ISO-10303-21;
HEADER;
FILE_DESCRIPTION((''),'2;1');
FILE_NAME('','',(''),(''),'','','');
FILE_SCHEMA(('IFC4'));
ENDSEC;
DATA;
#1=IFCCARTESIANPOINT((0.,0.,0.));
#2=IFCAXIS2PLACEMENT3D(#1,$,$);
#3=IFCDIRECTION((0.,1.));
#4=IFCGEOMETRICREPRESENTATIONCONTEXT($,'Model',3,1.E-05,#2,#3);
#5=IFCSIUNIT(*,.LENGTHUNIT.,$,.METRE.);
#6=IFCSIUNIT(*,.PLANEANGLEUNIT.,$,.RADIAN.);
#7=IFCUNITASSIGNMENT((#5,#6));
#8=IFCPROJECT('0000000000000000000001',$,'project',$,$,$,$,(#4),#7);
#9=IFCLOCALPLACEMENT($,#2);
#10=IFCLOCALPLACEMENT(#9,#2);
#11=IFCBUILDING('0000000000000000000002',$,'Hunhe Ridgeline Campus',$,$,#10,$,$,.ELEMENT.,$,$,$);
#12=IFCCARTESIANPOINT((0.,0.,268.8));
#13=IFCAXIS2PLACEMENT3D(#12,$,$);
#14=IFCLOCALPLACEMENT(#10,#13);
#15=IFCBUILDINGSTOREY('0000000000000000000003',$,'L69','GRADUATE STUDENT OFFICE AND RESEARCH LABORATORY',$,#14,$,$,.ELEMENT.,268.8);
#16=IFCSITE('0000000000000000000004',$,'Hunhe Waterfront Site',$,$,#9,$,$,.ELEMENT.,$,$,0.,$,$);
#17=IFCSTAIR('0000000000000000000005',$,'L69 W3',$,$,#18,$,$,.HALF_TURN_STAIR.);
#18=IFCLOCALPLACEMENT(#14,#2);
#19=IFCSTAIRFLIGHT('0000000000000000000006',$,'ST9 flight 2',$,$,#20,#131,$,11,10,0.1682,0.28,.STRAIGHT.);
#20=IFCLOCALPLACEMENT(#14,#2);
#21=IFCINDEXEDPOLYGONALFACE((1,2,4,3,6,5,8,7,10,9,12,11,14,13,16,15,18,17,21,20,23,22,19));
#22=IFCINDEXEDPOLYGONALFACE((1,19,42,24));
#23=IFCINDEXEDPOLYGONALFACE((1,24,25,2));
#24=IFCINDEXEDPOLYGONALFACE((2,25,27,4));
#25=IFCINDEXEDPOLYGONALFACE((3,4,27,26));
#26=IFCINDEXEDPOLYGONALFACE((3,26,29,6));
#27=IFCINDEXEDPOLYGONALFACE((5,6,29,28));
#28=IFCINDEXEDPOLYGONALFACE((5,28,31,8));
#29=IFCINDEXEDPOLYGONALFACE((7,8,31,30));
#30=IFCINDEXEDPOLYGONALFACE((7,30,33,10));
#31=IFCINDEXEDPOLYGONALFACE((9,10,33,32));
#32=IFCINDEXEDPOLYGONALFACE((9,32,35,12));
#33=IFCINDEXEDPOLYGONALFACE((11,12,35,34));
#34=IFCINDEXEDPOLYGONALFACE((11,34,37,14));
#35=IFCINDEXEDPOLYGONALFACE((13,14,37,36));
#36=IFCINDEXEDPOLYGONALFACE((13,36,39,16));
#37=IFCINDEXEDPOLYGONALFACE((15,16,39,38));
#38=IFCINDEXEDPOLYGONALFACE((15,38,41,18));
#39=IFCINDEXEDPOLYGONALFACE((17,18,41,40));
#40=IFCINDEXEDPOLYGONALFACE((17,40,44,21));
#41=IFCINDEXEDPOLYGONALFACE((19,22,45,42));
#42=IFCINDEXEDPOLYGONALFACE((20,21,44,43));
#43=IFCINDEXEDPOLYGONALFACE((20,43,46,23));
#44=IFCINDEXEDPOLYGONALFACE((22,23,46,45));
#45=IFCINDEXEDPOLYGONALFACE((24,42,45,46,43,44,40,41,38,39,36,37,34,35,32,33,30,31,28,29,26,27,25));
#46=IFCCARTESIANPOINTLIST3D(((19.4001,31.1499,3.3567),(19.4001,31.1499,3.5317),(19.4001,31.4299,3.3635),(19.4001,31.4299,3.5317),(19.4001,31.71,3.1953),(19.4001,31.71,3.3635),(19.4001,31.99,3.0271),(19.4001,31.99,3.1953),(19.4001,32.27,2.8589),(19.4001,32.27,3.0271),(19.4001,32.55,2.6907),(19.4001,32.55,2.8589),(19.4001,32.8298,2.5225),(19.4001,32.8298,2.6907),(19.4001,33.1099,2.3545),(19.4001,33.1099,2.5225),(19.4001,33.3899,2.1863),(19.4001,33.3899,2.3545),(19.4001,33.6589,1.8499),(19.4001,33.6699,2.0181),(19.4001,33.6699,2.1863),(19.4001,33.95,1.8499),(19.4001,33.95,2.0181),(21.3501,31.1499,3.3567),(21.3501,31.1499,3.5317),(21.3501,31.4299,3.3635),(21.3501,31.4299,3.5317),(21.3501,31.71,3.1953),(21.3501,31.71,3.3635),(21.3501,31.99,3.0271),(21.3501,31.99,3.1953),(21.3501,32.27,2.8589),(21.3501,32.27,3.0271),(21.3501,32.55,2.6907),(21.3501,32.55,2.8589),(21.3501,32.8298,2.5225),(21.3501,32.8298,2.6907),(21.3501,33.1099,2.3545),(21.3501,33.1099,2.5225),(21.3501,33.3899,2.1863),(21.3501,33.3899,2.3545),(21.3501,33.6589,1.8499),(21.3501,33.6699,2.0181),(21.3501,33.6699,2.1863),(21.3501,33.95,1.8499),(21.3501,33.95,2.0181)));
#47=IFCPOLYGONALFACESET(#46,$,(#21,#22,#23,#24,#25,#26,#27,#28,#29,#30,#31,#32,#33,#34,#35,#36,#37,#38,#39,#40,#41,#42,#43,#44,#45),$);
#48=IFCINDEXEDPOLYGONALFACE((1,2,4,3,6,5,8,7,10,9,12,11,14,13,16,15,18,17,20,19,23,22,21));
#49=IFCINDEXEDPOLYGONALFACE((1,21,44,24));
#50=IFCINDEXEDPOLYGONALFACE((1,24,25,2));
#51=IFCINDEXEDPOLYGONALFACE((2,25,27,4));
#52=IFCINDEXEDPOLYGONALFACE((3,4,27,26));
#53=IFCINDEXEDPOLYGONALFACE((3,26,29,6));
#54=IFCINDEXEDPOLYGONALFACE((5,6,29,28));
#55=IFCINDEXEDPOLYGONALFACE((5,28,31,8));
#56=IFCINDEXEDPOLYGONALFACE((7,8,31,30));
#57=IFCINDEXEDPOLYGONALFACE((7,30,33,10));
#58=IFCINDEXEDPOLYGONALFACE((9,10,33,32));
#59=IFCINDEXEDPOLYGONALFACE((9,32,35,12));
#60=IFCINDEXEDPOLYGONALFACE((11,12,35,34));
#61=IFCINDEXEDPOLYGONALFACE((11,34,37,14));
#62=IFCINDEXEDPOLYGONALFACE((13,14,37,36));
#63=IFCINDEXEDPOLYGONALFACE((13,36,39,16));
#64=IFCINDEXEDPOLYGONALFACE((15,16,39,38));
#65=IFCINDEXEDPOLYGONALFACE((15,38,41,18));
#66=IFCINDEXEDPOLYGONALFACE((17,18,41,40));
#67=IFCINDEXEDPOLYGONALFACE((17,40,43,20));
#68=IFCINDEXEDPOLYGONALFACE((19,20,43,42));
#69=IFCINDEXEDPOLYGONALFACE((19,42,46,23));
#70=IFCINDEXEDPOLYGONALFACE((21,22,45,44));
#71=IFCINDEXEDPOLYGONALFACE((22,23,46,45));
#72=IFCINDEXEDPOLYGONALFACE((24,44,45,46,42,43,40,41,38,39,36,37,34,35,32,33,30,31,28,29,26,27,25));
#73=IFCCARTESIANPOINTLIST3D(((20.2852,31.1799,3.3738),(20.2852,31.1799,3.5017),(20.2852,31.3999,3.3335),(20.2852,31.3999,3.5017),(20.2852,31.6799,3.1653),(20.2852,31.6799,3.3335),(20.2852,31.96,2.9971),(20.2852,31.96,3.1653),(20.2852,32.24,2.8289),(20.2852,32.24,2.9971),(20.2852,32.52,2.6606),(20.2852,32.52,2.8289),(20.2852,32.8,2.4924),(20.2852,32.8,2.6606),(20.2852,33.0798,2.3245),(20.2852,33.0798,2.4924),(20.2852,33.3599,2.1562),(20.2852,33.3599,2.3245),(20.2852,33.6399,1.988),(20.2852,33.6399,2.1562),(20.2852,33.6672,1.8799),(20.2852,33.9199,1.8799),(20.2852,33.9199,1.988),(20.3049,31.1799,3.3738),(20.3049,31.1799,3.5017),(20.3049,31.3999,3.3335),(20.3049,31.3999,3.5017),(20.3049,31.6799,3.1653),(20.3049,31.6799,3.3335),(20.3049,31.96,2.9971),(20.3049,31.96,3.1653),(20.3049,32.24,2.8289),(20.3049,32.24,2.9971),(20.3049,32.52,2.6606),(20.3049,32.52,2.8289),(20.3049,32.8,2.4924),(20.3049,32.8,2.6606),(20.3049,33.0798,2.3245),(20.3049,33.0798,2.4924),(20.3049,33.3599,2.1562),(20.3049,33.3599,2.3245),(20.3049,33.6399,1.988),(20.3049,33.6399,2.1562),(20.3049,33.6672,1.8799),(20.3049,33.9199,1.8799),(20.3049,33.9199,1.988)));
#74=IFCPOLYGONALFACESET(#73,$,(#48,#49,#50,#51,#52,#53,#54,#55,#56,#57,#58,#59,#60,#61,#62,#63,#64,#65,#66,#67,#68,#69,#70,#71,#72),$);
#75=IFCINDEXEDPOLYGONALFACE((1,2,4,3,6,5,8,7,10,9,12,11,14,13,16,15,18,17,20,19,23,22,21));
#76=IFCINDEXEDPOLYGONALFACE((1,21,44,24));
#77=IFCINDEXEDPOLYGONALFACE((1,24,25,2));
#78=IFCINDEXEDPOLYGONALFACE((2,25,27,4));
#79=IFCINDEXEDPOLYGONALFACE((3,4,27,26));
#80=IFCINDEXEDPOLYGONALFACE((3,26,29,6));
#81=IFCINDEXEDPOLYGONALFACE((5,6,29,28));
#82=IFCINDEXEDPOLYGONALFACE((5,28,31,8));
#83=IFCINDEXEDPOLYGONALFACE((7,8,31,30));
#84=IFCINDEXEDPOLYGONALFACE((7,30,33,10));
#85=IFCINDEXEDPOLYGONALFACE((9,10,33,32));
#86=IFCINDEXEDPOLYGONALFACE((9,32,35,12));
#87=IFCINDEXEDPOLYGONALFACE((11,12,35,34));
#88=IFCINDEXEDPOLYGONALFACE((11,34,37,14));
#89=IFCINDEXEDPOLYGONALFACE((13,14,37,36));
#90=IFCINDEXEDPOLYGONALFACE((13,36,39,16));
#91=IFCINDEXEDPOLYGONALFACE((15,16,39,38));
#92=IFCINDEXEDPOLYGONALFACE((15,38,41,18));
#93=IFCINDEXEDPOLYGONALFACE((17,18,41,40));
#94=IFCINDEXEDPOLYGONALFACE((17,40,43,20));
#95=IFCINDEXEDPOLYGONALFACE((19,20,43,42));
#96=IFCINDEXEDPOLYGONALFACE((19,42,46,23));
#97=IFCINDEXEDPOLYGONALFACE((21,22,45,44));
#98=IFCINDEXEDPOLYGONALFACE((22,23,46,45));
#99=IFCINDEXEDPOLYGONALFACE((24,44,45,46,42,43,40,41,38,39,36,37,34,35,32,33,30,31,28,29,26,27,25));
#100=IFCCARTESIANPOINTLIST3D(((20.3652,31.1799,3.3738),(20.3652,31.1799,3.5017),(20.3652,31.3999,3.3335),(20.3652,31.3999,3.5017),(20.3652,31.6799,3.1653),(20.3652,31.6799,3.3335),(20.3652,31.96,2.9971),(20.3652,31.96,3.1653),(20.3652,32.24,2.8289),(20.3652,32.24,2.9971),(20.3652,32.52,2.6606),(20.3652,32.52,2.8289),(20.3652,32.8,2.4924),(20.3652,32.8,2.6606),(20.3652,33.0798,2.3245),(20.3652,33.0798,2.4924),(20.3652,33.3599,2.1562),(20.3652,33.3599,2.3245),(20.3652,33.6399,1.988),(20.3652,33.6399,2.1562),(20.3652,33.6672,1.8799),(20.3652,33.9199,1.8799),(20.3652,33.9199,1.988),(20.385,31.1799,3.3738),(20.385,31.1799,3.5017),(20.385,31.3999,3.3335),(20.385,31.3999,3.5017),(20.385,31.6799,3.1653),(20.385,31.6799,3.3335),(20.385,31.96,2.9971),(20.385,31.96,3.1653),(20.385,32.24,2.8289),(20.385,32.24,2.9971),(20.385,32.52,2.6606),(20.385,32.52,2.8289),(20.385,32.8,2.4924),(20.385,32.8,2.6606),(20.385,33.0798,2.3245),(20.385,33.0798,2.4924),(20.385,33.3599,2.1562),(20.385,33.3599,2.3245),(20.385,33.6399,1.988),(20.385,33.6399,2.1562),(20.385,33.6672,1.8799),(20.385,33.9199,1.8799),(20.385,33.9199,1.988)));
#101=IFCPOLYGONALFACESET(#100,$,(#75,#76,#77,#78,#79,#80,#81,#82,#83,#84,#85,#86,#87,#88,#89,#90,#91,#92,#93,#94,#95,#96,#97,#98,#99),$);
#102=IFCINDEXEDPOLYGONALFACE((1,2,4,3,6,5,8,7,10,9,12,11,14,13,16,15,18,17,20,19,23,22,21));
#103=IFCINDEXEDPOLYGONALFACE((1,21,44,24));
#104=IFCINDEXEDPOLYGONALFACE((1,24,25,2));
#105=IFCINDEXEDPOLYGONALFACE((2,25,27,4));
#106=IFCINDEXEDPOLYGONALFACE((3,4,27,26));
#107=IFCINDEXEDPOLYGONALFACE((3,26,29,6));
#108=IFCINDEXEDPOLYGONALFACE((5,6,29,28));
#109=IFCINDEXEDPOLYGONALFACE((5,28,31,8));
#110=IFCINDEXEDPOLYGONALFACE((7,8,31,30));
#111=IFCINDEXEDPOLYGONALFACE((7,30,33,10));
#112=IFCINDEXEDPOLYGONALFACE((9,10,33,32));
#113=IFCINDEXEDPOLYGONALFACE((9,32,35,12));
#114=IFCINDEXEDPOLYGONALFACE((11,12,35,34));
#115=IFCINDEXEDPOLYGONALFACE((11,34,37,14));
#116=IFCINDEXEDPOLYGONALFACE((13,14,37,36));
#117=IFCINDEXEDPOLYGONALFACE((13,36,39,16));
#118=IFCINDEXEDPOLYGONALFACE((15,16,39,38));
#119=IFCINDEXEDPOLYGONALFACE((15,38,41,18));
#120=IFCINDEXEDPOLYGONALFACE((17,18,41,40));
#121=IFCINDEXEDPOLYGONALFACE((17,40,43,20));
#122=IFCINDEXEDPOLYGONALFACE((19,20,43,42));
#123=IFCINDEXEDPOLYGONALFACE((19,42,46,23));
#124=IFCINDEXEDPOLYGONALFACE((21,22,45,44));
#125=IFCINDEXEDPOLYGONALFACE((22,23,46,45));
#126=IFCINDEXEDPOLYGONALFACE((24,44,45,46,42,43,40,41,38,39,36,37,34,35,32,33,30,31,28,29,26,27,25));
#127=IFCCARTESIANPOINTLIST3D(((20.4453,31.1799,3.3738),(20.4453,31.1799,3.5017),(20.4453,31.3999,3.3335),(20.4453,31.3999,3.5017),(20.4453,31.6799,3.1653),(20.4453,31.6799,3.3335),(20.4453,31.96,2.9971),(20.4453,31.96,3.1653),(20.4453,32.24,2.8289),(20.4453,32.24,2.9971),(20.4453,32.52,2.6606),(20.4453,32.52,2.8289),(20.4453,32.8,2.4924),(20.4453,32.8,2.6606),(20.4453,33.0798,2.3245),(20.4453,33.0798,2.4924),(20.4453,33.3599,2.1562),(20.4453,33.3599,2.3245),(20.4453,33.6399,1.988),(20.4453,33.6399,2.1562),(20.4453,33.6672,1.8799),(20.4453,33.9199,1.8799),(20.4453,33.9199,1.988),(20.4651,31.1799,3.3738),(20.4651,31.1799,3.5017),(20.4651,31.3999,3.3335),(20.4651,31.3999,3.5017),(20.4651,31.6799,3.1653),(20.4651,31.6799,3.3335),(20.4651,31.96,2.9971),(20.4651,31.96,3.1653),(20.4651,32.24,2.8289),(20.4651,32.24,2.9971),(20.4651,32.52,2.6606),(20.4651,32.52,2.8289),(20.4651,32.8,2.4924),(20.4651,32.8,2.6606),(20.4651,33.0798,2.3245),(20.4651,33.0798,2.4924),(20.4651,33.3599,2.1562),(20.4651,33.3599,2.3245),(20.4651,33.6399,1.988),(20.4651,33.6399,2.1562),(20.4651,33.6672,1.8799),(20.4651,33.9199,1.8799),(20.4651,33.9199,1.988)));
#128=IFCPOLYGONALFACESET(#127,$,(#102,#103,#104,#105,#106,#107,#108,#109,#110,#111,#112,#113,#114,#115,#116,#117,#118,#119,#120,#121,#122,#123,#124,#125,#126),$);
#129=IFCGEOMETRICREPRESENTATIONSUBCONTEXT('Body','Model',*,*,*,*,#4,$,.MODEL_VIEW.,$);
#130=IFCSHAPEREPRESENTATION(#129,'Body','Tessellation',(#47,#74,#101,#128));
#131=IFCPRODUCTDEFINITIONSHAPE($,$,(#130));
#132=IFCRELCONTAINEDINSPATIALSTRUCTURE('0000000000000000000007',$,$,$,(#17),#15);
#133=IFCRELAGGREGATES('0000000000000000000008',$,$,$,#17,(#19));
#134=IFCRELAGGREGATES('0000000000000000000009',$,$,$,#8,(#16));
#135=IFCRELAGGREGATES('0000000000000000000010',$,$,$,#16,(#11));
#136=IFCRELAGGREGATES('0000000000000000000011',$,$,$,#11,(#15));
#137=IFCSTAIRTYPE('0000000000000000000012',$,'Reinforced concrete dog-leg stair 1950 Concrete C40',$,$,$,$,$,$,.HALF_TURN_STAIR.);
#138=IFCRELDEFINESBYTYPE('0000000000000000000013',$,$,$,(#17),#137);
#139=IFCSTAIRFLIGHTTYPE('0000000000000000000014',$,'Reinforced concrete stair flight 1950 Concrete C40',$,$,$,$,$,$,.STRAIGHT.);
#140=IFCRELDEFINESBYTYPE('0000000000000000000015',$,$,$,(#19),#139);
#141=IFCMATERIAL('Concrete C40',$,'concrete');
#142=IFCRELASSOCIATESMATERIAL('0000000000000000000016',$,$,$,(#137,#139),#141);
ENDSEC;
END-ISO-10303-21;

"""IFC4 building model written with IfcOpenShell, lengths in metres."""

from ifc_helpers import new_model, si_unit, direction, frame, origin, place, context, subcontext, project, spatial, polyline, outline, extrude, material, type_object, element, aggregate, save


model = new_model("IFC4")

# Units and contexts
model_context = context("Model", 3, precision=1e-05, world=origin(), true_north=direction((0.0, 1.0)))
body_context = subcontext(model_context, "Body", "Model", "MODEL_VIEW")
ifc_project = project(units=[si_unit("LENGTHUNIT", "METRE"), si_unit("PLANEANGLEUNIT", "RADIAN")], contexts=[model_context])

# Site, building, storey
site_placement = place(None, origin())
site = spatial("IfcSite", under=ifc_project, at=site_placement, Name="Hunhe Waterfront Site", CompositionType="ELEMENT", RefElevation=0.0)
building_placement = place(site_placement, origin())
building = spatial("IfcBuilding", under=site, at=building_placement, Name="Hunhe Ridgeline Campus", CompositionType="ELEMENT")
storey_placement = place(building_placement, frame((0.0, 0.0, 268.8)))
storey = spatial("IfcBuildingStorey", under=building, at=storey_placement, Name="L69", Description="GRADUATE STUDENT OFFICE AND RESEARCH LABORATORY", CompositionType="ELEMENT", Elevation=268.8)

# Stair, stair flight
ifc_material_1 = material(Name="Concrete C40", Category="concrete")
stair_type = type_object("IfcStairType", Name="Reinforced concrete dog-leg stair 1950 Concrete C40", PredefinedType="HALF_TURN_STAIR", material=ifc_material_1)
stair_placement = place(storey_placement, origin())
stair = element("IfcStair", 1, at=stair_placement, inside=storey, type_object=stair_type, Name="L69 W3", PredefinedType="HALF_TURN_STAIR")
stair_flight_type = type_object("IfcStairFlightType", Name="Reinforced concrete stair flight 1950 Concrete C40", PredefinedType="STRAIGHT", material=ifc_material_1)
stair_flight_placement = place(storey_placement, frame((20.375, 33.95, 1.8499), z_axis=(0.0, 0.0, 1.0), x_axis=(0.0, -1.0, 0.0)))
stair_flight = element("IfcStairFlight", 2, at=stair_flight_placement, type_object=stair_flight_type, Name="ST9 flight 2", NumberOfRisers=11, NumberOfTreads=10, PredefinedType="STRAIGHT", RiserHeight=0.1682, TreadLength=0.28, context=body_context, shape_type="SweptSolid", body=[
    extrude(outline(polyline([(0.0, 0.0), (0.0, 0.1682), (0.28, 0.1682), (0.28, 0.3364), (0.5601, 0.3364), (0.5601, 0.5046), (0.8401, 0.5046), (0.8401, 0.6726), (1.1201, 0.6726), (1.1201, 0.8408), (1.3999, 0.8408), (1.3999, 1.009), (1.6799, 1.009), (1.6799, 1.1772), (1.96, 1.1772), (1.96, 1.3455), (2.24, 1.3455), (2.24, 1.5137), (2.52, 1.5137), (2.52, 1.6819), (2.8, 1.6819), (2.8, 1.8501), (2.8, 1.5068), (0.291, 0.0), (0.0, 0.0)])), frame((0.0, 0.9751, 0.0), z_axis=(0.0, -1.0, 0.0), x_axis=(1.0, 0.0, 0.0)), (0.0, 0.0, 1.0), 1.95),
    extrude(outline(polyline([(0.03, 0.03), (0.03, 0.1382), (0.3101, 0.1382), (0.3101, 0.3064), (0.5901, 0.3064), (0.5901, 0.4746), (0.8701, 0.4746), (0.8701, 0.6426), (1.1499, 0.6426), (1.1499, 0.8108), (1.4299, 0.8108), (1.4299, 0.979), (1.71, 0.979), (1.71, 1.1472), (1.99, 1.1472), (1.99, 1.3154), (2.27, 1.3154), (2.27, 1.4836), (2.55, 1.4836), (2.55, 1.6519), (2.77, 1.6519), (2.77, 1.5239), (0.2827, 0.03), (0.03, 0.03)])), frame((0.0, -0.0701, 0.0), z_axis=(0.0, -1.0, 0.0), x_axis=(1.0, 0.0, 0.0)), (0.0, 0.0, 1.0), 0.0198),
    extrude(outline(polyline([(0.03, 0.03), (0.03, 0.1382), (0.3101, 0.1382), (0.3101, 0.3064), (0.5901, 0.3064), (0.5901, 0.4746), (0.8701, 0.4746), (0.8701, 0.6426), (1.1499, 0.6426), (1.1499, 0.8108), (1.4299, 0.8108), (1.4299, 0.979), (1.71, 0.979), (1.71, 1.1472), (1.99, 1.1472), (1.99, 1.3154), (2.27, 1.3154), (2.27, 1.4836), (2.55, 1.4836), (2.55, 1.6519), (2.77, 1.6519), (2.77, 1.5239), (0.2827, 0.03), (0.03, 0.03)])), frame((0.0, 0.01, 0.0), z_axis=(0.0, -1.0, 0.0), x_axis=(1.0, 0.0, 0.0)), (0.0, 0.0, 1.0), 0.0198),
    extrude(outline(polyline([(0.03, 0.03), (0.03, 0.1382), (0.3101, 0.1382), (0.3101, 0.3064), (0.5901, 0.3064), (0.5901, 0.4746), (0.8701, 0.4746), (0.8701, 0.6426), (1.1499, 0.6426), (1.1499, 0.8108), (1.4299, 0.8108), (1.4299, 0.979), (1.71, 0.979), (1.71, 1.1472), (1.99, 1.1472), (1.99, 1.3154), (2.27, 1.3154), (2.27, 1.4836), (2.55, 1.4836), (2.55, 1.6519), (2.77, 1.6519), (2.77, 1.5239), (0.2827, 0.03), (0.03, 0.03)])), frame((0.0, 0.0901, 0.0), z_axis=(0.0, -1.0, 0.0), x_axis=(1.0, 0.0, 0.0)), (0.0, 0.0, 1.0), 0.0198),
])
aggregate(stair, [stair_flight])

save(model, "model.ifc")
